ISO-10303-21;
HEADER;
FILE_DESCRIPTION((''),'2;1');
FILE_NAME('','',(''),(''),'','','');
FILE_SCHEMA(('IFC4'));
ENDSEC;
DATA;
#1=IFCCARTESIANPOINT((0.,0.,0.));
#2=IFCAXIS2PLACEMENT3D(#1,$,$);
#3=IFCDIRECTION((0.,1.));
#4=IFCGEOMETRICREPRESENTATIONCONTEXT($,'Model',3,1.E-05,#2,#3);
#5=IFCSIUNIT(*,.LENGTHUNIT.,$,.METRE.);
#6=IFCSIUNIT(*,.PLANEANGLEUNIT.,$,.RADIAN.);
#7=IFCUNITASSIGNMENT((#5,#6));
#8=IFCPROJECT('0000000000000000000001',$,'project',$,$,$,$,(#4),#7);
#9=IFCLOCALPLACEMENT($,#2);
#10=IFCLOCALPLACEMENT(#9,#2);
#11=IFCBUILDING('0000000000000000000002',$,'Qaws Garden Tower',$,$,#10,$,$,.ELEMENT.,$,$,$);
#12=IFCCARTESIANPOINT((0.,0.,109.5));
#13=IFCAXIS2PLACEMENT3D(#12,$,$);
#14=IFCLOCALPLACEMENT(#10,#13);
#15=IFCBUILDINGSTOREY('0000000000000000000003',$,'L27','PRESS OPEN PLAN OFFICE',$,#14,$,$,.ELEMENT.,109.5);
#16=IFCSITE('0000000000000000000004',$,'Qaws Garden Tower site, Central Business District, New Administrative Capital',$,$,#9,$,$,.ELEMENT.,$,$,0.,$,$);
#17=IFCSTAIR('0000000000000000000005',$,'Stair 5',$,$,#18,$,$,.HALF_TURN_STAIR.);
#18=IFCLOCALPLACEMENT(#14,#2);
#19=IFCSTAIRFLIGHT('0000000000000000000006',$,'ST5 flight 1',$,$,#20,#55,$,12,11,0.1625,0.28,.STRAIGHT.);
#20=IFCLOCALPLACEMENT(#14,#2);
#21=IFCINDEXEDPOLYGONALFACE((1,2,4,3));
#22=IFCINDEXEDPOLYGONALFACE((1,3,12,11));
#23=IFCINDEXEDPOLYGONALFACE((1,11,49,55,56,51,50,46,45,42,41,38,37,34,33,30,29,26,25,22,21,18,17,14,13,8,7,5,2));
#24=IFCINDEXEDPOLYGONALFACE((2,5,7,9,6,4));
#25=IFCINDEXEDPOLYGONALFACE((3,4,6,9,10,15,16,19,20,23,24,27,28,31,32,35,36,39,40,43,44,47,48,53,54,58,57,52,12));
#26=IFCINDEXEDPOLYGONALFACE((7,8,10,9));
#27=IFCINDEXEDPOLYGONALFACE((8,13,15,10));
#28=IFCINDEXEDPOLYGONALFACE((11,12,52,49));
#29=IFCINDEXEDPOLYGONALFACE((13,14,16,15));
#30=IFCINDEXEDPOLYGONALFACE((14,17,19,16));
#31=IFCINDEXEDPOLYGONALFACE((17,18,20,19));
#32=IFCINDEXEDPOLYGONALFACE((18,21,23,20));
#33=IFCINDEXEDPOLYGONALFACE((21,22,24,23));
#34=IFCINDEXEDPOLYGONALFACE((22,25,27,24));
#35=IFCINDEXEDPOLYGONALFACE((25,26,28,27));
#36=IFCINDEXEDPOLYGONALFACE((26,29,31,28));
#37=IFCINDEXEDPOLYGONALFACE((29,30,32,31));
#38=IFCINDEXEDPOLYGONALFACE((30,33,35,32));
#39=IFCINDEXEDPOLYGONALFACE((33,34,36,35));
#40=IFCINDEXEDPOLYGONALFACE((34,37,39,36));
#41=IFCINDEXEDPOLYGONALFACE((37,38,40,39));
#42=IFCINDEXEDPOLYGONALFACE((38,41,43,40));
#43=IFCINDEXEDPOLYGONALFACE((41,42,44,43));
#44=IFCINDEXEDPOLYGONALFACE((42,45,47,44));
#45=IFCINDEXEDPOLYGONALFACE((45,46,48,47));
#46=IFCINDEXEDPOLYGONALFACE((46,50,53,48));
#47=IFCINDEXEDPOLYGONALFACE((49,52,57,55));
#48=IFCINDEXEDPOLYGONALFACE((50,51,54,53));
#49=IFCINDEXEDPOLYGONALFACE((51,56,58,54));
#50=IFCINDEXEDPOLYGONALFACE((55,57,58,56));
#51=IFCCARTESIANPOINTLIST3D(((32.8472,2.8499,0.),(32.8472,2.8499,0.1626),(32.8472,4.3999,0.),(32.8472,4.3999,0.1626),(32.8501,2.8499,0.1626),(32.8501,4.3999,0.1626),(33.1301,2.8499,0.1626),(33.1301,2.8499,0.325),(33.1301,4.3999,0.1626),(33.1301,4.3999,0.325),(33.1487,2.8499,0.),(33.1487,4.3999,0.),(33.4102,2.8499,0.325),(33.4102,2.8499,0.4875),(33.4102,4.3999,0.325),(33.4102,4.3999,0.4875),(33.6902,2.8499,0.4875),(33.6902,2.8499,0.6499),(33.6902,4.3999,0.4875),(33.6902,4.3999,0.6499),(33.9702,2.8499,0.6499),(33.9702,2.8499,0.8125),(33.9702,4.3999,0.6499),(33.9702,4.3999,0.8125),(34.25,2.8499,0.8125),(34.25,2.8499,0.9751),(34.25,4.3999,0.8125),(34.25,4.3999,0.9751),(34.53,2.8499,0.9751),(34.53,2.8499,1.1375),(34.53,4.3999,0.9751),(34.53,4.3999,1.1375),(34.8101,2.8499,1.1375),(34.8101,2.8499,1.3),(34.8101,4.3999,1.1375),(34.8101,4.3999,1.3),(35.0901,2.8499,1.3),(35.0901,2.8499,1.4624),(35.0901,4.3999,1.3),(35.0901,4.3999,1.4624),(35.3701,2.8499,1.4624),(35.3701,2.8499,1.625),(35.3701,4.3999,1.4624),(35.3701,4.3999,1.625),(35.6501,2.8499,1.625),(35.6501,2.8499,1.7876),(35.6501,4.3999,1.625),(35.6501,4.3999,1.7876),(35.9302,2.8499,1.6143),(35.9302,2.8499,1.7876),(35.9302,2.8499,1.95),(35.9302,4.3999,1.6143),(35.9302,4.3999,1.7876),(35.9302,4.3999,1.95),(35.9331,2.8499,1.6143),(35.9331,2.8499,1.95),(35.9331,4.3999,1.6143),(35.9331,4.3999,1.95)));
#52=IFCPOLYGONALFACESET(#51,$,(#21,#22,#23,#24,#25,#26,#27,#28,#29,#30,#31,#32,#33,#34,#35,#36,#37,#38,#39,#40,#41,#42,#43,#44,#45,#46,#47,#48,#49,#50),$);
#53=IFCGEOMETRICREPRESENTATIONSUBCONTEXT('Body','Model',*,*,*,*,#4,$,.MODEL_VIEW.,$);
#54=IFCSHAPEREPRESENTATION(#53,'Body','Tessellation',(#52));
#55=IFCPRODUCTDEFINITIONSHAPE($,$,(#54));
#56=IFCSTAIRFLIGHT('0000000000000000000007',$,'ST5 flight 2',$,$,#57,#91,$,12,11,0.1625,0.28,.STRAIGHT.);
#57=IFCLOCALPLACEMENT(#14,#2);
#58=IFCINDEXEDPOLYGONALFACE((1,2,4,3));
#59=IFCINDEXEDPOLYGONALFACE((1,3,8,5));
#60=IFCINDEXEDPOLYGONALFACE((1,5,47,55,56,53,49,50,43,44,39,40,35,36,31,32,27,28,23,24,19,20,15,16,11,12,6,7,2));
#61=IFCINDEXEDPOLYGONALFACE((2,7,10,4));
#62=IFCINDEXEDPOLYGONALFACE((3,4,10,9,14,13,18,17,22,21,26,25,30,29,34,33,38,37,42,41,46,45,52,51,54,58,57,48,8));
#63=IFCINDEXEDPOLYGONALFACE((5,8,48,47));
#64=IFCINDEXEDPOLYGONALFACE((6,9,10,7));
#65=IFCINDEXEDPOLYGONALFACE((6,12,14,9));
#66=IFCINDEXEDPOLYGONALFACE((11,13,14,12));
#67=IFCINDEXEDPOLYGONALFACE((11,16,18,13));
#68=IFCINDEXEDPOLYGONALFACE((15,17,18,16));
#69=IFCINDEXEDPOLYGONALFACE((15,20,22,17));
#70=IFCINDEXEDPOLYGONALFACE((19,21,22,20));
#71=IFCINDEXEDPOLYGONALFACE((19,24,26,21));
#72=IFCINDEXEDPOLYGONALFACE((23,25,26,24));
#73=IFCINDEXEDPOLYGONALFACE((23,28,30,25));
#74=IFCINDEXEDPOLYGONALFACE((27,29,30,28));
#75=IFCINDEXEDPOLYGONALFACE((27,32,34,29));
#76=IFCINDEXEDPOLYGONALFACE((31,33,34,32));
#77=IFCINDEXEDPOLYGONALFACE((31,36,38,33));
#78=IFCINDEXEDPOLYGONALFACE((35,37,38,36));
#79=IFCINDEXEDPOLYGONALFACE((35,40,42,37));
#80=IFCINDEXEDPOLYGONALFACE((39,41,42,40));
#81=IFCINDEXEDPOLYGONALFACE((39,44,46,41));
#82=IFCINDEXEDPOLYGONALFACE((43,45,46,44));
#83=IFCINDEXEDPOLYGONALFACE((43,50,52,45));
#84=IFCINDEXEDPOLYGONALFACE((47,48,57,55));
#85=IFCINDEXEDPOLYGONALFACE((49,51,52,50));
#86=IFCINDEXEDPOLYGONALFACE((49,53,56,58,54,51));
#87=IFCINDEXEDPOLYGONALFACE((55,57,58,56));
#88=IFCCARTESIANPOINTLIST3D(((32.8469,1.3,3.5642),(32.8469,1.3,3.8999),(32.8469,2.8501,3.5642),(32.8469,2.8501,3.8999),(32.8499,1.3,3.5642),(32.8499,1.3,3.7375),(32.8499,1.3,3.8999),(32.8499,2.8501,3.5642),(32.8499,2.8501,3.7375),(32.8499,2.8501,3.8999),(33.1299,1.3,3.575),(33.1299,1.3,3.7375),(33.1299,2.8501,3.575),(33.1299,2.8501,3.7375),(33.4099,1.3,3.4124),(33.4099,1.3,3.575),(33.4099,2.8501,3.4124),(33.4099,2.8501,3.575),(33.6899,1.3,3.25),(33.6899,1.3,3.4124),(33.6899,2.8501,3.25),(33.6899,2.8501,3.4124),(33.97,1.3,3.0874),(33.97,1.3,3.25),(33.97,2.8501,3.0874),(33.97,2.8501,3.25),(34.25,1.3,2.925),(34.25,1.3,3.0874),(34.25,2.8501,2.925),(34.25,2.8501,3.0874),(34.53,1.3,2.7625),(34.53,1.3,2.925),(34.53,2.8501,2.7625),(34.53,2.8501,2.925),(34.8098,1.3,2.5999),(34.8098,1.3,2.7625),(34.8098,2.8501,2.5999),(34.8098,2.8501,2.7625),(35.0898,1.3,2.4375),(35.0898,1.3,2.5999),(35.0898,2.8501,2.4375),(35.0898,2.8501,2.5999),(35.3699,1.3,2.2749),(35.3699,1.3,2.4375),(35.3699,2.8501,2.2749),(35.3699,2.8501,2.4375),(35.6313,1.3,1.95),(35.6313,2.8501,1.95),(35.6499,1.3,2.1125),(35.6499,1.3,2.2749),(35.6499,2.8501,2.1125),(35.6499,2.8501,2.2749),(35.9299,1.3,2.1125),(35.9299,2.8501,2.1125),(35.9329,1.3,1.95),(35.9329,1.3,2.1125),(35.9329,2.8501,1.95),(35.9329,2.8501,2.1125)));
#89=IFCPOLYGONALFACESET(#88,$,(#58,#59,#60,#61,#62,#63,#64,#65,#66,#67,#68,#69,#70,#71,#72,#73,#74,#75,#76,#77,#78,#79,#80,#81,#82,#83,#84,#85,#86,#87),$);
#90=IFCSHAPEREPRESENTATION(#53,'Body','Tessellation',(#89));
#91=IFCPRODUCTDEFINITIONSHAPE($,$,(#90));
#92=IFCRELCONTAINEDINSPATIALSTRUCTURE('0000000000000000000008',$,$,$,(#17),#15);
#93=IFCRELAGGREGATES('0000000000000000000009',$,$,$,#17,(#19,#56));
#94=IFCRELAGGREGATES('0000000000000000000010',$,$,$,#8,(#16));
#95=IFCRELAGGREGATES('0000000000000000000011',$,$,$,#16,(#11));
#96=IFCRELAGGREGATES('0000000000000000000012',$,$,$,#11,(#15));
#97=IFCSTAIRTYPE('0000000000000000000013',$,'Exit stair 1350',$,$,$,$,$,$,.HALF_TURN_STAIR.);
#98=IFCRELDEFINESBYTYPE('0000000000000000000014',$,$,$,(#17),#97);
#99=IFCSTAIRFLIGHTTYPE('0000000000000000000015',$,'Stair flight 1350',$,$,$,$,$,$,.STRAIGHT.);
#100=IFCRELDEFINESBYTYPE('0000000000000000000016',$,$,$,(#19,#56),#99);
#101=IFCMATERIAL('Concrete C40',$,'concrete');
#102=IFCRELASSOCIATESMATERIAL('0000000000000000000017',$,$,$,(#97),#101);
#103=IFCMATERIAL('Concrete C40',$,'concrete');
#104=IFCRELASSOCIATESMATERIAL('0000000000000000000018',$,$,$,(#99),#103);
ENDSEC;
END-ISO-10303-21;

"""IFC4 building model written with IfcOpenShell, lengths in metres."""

from ifc_helpers import new_model, si_unit, direction, frame, origin, place, context, subcontext, project, spatial, polyline, outline, extrude, material, type_object, element, aggregate, save


model = new_model("IFC4")

# Units and contexts
model_context = context("Model", 3, precision=1e-05, world=origin(), true_north=direction((0.0, 1.0)))
body_context = subcontext(model_context, "Body", "Model", "MODEL_VIEW")
ifc_project = project(units=[si_unit("LENGTHUNIT", "METRE"), si_unit("PLANEANGLEUNIT", "RADIAN")], contexts=[model_context])

# Site, building, storey
site_placement = place(None, origin())
site = spatial("IfcSite", under=ifc_project, at=site_placement, Name="Qaws Garden Tower site, Central Business District, New Administrative Capital", CompositionType="ELEMENT", RefElevation=0.0)
building_placement = place(site_placement, origin())
building = spatial("IfcBuilding", under=site, at=building_placement, Name="Qaws Garden Tower", CompositionType="ELEMENT")
storey_placement = place(building_placement, frame((0.0, 0.0, 109.5)))
storey = spatial("IfcBuildingStorey", under=building, at=storey_placement, Name="L27", Description="PRESS OPEN PLAN OFFICE", CompositionType="ELEMENT", Elevation=109.5)

# Stair, stair flights
ifc_material_1 = material(Name="Concrete C40", Category="concrete")
stair_type = type_object("IfcStairType", Name="Exit stair 1350", PredefinedType="HALF_TURN_STAIR", material=ifc_material_1)
stair_placement = place(storey_placement, origin())
stair = element("IfcStair", 1, at=stair_placement, inside=storey, type_object=stair_type, Name="Stair 5", PredefinedType="HALF_TURN_STAIR")
ifc_material_2 = material(Name="Concrete C40", Category="concrete")
stair_flight_type = type_object("IfcStairFlightType", Name="Stair flight 1350", PredefinedType="STRAIGHT", material=ifc_material_2)
stair_flight_1_placement = place(storey_placement, frame((32.8501, 3.625, 0.0), z_axis=(0.0, 0.0, 1.0), x_axis=(1.0, 0.0, 0.0)))
stair_flight_1 = element("IfcStairFlight", 2, at=stair_flight_1_placement, type_object=stair_flight_type, Name="ST5 flight 1", NumberOfRisers=12, NumberOfTreads=11, PredefinedType="STRAIGHT", RiserHeight=0.1625, TreadLength=0.28, context=body_context, shape_type="SweptSolid", body=[
    extrude(outline(polyline([(-0.0029, 0.0), (-0.0029, 0.1626), (0.0, 0.1626), (0.28, 0.1626), (0.28, 0.325), (0.5601, 0.325), (0.5601, 0.4875), (0.8401, 0.4875), (0.8401, 0.6499), (1.1201, 0.6499), (1.1201, 0.8125), (1.3999, 0.8125), (1.3999, 0.9751), (1.6799, 0.9751), (1.6799, 1.1375), (1.96, 1.1375), (1.96, 1.3), (2.24, 1.3), (2.24, 1.4624), (2.52, 1.4624), (2.52, 1.625), (2.8, 1.625), (2.8, 1.7876), (3.0801, 1.7876), (3.0801, 1.95), (3.083, 1.95), (3.083, 1.6143), (3.0801, 1.6143), (0.2986, 0.0), (-0.0029, 0.0)])), frame((0.0, 0.7749, 0.0), z_axis=(0.0, -1.0, 0.0), x_axis=(1.0, 0.0, 0.0)), (0.0, 0.0, 1.0), 1.55),
])
stair_flight_2_placement = place(storey_placement, frame((35.9299, 2.075, 1.95), z_axis=(0.0, 0.0, 1.0), x_axis=(-1.0, 0.0, 0.0)))
stair_flight_2 = element("IfcStairFlight", 3, at=stair_flight_2_placement, type_object=stair_flight_type, Name="ST5 flight 2", NumberOfRisers=12, NumberOfTreads=11, PredefinedType="STRAIGHT", RiserHeight=0.1625, TreadLength=0.28, context=body_context, shape_type="SweptSolid", body=[
    extrude(outline(polyline([(-0.0029, 0.0), (-0.0029, 0.1626), (0.0, 0.1626), (0.28, 0.1626), (0.28, 0.325), (0.5601, 0.325), (0.5601, 0.4875), (0.8401, 0.4875), (0.8401, 0.6499), (1.1201, 0.6499), (1.1201, 0.8125), (1.3999, 0.8125), (1.3999, 0.9751), (1.6799, 0.9751), (1.6799, 1.1375), (1.96, 1.1375), (1.96, 1.3), (2.24, 1.3), (2.24, 1.4624), (2.52, 1.4624), (2.52, 1.625), (2.8, 1.625), (2.8, 1.7876), (3.0801, 1.7876), (3.0801, 1.95), (3.083, 1.95), (3.083, 1.6143), (3.0801, 1.6143), (0.2986, 0.0), (-0.0029, 0.0)])), frame((0.0, 0.7749, 0.0), z_axis=(0.0, -1.0, 0.0), x_axis=(1.0, 0.0, 0.0)), (0.0, 0.0, 1.0), 1.55),
])
aggregate(stair, [stair_flight_1, stair_flight_2])

save(model, "model.ifc")
